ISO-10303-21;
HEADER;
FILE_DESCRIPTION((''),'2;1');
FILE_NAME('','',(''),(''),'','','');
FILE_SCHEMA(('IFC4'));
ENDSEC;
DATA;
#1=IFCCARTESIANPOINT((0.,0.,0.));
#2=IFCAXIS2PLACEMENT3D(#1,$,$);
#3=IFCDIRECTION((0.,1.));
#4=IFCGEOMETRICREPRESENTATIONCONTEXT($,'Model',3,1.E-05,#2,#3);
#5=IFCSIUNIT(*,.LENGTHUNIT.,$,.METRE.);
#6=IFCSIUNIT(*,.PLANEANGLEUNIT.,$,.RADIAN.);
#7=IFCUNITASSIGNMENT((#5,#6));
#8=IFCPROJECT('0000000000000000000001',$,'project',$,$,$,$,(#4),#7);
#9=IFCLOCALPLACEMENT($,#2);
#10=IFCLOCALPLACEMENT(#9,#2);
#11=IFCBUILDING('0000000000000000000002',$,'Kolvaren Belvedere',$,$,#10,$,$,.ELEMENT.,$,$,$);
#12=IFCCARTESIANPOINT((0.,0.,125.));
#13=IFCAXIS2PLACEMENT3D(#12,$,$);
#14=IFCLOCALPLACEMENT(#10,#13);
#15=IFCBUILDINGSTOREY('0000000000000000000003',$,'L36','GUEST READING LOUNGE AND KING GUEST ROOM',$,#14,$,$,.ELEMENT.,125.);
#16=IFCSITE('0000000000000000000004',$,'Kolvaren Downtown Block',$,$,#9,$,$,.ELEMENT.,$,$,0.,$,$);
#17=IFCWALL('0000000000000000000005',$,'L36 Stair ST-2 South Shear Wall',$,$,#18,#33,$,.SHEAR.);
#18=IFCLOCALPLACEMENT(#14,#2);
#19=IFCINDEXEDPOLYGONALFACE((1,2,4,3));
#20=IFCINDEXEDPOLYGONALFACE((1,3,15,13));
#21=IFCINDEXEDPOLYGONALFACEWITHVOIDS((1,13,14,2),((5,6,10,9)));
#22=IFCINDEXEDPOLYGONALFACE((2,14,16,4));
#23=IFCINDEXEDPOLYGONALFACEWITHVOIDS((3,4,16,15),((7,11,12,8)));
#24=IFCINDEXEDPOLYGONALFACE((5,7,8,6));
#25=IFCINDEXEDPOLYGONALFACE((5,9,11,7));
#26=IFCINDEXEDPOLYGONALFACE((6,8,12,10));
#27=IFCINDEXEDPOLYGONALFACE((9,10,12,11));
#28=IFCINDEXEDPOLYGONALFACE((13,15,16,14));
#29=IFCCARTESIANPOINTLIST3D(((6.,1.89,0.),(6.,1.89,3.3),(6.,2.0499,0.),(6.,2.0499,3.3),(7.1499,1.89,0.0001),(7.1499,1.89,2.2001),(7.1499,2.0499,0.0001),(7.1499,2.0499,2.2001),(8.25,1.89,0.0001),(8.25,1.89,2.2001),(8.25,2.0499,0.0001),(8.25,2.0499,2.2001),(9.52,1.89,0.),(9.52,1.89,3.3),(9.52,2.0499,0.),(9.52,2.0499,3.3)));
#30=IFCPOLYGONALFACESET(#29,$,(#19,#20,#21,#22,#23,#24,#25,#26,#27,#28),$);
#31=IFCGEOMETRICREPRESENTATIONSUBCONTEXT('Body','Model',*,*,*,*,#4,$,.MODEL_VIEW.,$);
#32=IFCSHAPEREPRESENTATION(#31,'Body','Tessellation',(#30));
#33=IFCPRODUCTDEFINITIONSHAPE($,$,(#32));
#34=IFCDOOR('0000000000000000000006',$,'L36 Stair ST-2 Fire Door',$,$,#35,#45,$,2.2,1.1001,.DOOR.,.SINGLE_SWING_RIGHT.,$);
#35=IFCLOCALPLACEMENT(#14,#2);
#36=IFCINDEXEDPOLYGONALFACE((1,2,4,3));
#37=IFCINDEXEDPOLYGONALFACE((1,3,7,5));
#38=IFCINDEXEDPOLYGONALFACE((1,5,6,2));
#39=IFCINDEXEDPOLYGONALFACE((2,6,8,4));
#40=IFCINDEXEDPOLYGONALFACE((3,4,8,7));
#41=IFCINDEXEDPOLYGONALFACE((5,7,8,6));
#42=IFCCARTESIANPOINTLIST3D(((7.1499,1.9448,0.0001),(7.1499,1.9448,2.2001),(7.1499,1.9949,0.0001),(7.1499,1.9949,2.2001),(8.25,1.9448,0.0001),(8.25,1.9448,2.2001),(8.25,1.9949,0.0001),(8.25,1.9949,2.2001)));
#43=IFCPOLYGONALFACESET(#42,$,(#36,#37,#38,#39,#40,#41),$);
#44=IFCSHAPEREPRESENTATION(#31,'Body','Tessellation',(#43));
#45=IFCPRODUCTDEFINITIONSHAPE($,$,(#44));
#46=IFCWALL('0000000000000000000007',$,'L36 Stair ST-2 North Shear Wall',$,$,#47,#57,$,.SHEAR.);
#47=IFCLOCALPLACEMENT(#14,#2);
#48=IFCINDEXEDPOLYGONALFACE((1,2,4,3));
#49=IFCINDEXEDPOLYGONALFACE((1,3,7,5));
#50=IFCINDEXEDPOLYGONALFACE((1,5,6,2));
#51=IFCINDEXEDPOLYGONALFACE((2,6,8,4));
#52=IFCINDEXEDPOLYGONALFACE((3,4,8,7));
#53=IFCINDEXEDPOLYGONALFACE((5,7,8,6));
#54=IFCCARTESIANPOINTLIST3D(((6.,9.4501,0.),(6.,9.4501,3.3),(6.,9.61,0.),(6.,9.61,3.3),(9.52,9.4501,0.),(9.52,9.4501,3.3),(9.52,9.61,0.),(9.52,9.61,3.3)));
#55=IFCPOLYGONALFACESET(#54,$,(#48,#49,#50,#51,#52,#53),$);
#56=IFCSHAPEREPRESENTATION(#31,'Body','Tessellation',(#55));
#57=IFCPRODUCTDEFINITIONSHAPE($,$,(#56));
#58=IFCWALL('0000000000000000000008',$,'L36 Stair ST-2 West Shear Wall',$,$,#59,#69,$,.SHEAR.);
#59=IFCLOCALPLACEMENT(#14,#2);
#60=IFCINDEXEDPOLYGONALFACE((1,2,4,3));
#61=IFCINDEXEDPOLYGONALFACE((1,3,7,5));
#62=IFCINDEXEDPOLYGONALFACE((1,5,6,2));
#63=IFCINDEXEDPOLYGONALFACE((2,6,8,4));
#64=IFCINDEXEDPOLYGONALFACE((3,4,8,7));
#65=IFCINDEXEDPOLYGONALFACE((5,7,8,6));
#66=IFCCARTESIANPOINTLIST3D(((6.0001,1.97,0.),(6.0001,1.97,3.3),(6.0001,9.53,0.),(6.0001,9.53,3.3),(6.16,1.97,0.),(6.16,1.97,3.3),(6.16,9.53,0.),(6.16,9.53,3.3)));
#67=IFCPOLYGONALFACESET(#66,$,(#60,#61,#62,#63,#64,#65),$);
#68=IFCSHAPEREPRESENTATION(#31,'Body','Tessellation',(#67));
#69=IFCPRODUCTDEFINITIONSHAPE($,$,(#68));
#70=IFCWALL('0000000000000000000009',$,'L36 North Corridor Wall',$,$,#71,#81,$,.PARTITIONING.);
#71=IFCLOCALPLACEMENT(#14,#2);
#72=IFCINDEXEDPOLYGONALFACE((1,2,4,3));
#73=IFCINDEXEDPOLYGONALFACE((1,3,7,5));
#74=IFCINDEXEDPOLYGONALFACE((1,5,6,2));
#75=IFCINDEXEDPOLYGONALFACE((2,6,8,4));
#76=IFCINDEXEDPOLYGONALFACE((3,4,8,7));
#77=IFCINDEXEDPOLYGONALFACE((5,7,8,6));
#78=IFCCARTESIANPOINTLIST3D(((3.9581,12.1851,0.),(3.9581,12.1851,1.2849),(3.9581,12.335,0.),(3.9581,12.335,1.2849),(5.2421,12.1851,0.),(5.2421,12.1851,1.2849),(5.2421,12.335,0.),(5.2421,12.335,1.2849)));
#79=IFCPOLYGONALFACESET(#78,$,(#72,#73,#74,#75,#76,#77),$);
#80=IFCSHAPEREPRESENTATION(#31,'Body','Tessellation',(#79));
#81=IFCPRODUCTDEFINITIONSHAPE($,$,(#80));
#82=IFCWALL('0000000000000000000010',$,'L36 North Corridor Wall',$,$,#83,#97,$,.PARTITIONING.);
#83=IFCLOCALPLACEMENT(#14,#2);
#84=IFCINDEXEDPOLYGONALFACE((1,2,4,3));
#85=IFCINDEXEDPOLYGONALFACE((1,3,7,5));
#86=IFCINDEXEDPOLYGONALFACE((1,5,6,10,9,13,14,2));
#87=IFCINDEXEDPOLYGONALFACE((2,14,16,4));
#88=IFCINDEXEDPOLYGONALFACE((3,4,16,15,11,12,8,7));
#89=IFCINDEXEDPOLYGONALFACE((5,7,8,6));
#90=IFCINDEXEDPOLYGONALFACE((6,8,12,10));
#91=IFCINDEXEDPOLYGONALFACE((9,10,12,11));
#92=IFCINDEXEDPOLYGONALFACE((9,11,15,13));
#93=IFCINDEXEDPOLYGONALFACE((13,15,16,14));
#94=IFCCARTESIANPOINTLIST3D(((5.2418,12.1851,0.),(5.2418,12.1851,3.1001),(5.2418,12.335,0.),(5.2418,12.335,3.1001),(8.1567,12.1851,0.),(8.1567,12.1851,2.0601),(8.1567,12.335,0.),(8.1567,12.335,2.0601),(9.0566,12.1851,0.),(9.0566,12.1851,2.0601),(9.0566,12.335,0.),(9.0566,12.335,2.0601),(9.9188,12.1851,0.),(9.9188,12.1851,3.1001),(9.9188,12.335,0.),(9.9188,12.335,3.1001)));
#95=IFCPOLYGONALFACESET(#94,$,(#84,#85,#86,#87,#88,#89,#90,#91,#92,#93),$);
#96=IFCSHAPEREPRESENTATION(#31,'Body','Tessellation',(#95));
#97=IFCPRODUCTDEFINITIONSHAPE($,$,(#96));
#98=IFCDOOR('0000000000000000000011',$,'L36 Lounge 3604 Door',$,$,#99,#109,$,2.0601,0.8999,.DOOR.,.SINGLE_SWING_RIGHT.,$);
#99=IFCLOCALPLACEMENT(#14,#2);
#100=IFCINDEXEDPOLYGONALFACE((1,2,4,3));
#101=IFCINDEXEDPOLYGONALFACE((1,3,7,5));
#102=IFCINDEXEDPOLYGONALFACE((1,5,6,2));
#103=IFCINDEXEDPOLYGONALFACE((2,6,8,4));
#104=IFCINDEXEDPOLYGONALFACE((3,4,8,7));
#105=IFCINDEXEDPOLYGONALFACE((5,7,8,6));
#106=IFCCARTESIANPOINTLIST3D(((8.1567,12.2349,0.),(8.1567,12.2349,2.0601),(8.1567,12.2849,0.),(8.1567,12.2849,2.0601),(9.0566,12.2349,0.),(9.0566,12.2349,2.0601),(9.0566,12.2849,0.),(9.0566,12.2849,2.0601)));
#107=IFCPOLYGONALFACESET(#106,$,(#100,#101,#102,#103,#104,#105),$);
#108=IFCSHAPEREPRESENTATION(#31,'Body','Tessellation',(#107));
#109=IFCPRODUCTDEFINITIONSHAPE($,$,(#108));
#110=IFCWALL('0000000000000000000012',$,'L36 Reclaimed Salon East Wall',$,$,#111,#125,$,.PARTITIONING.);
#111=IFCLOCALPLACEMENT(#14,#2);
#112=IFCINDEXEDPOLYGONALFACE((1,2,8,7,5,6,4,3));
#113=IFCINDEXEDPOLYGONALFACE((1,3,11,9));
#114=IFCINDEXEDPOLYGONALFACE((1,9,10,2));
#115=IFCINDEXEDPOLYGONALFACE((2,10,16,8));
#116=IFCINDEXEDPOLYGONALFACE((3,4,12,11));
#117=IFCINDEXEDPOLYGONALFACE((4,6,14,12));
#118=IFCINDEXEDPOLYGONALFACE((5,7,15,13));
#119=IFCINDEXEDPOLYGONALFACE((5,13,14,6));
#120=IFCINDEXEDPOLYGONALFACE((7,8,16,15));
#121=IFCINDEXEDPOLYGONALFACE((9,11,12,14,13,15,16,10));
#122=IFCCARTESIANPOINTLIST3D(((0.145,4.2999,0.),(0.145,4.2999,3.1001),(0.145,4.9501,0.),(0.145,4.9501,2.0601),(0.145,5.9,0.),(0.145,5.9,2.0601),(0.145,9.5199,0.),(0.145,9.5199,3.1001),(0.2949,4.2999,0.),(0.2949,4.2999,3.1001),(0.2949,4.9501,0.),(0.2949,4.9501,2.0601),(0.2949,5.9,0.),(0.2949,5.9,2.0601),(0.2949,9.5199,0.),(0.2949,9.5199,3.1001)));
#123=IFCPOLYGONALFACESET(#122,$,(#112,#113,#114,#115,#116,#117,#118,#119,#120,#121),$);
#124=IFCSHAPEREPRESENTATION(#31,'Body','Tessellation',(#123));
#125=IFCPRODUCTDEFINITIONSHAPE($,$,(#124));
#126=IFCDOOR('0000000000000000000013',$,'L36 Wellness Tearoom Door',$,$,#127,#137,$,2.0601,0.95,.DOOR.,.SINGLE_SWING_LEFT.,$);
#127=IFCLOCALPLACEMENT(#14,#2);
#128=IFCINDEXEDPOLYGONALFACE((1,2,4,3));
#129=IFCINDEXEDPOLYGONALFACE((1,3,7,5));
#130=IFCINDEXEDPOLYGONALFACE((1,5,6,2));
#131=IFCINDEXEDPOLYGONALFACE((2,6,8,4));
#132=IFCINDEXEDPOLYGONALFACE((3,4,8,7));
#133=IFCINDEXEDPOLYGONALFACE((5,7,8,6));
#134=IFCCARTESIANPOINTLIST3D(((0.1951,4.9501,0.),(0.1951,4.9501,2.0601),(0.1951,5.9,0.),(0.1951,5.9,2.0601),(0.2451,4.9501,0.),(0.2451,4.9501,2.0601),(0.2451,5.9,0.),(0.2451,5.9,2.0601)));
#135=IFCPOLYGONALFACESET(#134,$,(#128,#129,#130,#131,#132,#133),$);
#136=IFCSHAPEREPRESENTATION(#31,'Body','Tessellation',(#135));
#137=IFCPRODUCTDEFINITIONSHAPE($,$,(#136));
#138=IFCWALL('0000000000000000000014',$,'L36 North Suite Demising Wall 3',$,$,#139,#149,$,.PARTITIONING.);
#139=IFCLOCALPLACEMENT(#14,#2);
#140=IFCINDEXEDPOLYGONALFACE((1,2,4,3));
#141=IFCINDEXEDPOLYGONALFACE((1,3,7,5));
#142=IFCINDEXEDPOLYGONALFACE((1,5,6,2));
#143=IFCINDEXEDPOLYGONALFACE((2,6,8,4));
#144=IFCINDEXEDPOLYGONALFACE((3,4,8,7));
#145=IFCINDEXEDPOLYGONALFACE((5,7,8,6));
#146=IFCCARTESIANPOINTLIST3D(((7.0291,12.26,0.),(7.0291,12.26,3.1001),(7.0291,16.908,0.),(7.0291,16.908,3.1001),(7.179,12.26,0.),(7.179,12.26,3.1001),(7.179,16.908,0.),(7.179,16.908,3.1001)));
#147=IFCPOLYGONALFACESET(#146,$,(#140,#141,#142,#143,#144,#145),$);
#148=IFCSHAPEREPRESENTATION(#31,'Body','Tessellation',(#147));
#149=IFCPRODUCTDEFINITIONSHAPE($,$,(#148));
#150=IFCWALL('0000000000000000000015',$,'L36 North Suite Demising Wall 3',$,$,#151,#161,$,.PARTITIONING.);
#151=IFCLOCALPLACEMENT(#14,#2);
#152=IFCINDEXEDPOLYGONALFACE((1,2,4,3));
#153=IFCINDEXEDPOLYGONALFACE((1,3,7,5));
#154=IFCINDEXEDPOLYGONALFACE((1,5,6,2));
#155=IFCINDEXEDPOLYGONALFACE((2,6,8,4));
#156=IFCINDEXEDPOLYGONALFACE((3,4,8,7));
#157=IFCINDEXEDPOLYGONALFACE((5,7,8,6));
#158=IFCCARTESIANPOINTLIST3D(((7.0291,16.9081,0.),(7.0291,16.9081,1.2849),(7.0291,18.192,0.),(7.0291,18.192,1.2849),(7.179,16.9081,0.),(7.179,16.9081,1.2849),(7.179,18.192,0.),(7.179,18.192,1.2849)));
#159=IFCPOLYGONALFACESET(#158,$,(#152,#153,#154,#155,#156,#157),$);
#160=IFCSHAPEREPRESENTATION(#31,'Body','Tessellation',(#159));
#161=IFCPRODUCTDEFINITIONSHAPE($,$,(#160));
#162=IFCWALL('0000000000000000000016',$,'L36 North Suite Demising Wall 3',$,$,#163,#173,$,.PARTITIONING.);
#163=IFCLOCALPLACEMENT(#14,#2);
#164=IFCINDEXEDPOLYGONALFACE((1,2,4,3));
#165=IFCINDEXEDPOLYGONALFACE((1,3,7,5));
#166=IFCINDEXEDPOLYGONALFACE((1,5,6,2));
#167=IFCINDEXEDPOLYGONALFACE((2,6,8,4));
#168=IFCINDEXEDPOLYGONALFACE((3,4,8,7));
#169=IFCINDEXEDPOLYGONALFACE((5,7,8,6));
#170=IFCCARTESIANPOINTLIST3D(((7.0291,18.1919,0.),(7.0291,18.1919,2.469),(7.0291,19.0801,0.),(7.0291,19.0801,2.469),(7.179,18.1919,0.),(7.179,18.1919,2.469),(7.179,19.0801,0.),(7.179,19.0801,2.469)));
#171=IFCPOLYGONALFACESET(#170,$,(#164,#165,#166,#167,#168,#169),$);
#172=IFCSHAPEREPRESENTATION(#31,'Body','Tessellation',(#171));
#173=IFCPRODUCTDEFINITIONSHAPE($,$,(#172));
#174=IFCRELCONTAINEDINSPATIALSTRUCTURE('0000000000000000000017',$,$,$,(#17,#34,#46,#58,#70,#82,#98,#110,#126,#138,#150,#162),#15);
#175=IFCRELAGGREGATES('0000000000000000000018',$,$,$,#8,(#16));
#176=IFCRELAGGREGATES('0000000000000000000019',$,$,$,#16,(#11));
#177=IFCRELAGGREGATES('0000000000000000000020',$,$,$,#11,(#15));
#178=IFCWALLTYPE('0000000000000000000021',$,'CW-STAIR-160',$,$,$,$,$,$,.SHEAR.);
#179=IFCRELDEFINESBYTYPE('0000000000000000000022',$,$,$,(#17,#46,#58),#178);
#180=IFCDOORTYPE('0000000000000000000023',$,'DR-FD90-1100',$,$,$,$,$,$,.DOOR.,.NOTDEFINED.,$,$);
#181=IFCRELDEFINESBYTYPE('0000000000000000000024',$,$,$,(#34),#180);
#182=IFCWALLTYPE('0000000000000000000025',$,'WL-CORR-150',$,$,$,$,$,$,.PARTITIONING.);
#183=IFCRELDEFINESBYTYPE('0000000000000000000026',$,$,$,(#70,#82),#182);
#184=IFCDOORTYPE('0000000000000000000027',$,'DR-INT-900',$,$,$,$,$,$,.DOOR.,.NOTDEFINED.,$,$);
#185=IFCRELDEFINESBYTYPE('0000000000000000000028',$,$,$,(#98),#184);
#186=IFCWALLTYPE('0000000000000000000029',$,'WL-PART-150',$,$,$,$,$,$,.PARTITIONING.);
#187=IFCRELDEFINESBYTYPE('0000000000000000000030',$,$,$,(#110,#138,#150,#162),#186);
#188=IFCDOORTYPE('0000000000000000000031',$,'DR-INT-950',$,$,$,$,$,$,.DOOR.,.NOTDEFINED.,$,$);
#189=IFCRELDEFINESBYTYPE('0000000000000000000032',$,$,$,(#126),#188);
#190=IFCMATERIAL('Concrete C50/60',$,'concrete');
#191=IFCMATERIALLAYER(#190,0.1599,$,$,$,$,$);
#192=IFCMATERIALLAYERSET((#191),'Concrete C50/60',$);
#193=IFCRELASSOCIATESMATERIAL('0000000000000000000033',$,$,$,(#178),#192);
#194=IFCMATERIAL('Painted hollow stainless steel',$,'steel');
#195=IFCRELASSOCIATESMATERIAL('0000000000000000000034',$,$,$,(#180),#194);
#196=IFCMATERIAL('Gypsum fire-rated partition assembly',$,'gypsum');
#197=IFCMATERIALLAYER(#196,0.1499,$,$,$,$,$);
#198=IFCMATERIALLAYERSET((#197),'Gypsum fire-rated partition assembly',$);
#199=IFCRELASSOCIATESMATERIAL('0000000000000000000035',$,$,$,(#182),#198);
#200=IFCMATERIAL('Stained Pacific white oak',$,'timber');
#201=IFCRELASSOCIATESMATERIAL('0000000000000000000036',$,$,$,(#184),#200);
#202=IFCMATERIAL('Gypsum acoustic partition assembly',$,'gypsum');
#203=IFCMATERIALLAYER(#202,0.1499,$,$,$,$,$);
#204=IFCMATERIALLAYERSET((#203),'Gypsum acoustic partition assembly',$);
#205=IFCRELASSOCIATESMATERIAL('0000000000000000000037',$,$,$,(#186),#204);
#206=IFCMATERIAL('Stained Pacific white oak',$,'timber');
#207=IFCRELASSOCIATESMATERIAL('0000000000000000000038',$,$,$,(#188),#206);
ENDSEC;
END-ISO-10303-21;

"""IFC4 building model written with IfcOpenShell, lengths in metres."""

from ifc_helpers import new_model, si_unit, direction, frame, frame_2d, origin, place, context, subcontext, project, spatial, rectangle, extrude, material, layer, layer_set, type_object, element, fill, save


model = new_model("IFC4")

# Units and contexts
model_context = context("Model", 3, precision=1e-05, world=origin(), true_north=direction((0.0, 1.0)))
body_context = subcontext(model_context, "Body", "Model", "MODEL_VIEW")
ifc_project = project(units=[si_unit("LENGTHUNIT", "METRE"), si_unit("PLANEANGLEUNIT", "RADIAN")], contexts=[model_context])

# Site, building, storey
site_placement = place(None, origin())
site = spatial("IfcSite", under=ifc_project, at=site_placement, Name="Kolvaren Downtown Block", CompositionType="ELEMENT", RefElevation=0.0)
building_placement = place(site_placement, origin())
building = spatial("IfcBuilding", under=site, at=building_placement, Name="Kolvaren Belvedere", CompositionType="ELEMENT")
storey_placement = place(building_placement, frame((0.0, 0.0, 125.0)))
storey = spatial("IfcBuildingStorey", under=building, at=storey_placement, Name="L36", Description="GUEST READING LOUNGE AND KING GUEST ROOM", CompositionType="ELEMENT", Elevation=125.0)

# Wall, opening, door
ifc_material_1 = material(Name="Concrete C50/60", Category="concrete")
ifc_layer_1 = layer(ifc_material_1, 0.1599)
ifc_layer_set_1 = layer_set([ifc_layer_1], Name="Concrete C50/60")
wall_type_1 = type_object("IfcWallType", Name="CW-STAIR-160", PredefinedType="SHEAR", material=ifc_layer_set_1)
wall_1_placement = place(storey_placement, frame((6.0, 1.97, 0.0), z_axis=(0.0, 0.0, 1.0), x_axis=(1.0, 0.0, 0.0)))
wall_1 = element("IfcWall", 1, at=wall_1_placement, inside=storey, type_object=wall_type_1, Name="L36 Stair ST-2 South Shear Wall", PredefinedType="SHEAR", context=body_context, shape_type="SweptSolid", body=[
    extrude(rectangle(XDim=3.52, YDim=0.1599, at=frame_2d((1.76, 0.0))), origin(), (0.0, 0.0, 1.0), 3.3),
])
opening_1_placement = place(wall_1_placement, frame((1.1499, 0.0, 0.0)))
opening_1 = element("IfcOpeningElement", 2, at=opening_1_placement, cuts=wall_1, PredefinedType="OPENING", context=body_context, shape_type="SweptSolid", body=[
    extrude(rectangle(XDim=1.1001, YDim=2.2, at=frame_2d((0.55, 1.1001))), frame((0.0, 0.0898, 0.0), z_axis=(0.0, -1.0, 0.0), x_axis=(1.0, 0.0, 0.0)), (0.0, 0.0, 1.0), 0.1799),
])
ifc_material_2 = material(Name="Painted hollow stainless steel", Category="steel")
door_type_1 = type_object("IfcDoorType", Name="DR-FD90-1100", OperationType="NOTDEFINED", PredefinedType="DOOR", material=ifc_material_2)
door_1_placement = place(opening_1_placement, origin())
door_1 = element("IfcDoor", 3, at=door_1_placement, inside=storey, type_object=door_type_1, Name="L36 Stair ST-2 Fire Door", OperationType="SINGLE_SWING_RIGHT", OverallHeight=2.2, OverallWidth=1.1001, PredefinedType="DOOR", context=body_context, shape_type="SweptSolid", body=[
    extrude(rectangle(XDim=1.1001, YDim=2.2, at=frame_2d((0.55, 1.1001))), frame((0.0, 0.0249, 0.0), z_axis=(0.0, -1.0, 0.0), x_axis=(1.0, 0.0, 0.0)), (0.0, 0.0, 1.0), 0.05),
])
fill(opening_1, door_1)

# Walls
wall_2_placement = place(storey_placement, frame((6.0, 9.53, 0.0), z_axis=(0.0, 0.0, 1.0), x_axis=(1.0, 0.0, 0.0)))
element("IfcWall", 4, at=wall_2_placement, inside=storey, type_object=wall_type_1, Name="L36 Stair ST-2 North Shear Wall", PredefinedType="SHEAR", context=body_context, shape_type="SweptSolid", body=[
    extrude(rectangle(XDim=3.52, YDim=0.1599, at=frame_2d((1.76, 0.0))), origin(), (0.0, 0.0, 1.0), 3.3),
])
wall_3_placement = place(storey_placement, frame((6.0801, 1.97, 0.0), z_axis=(0.0, 0.0, 1.0), x_axis=(0.0, 1.0, 0.0)))
element("IfcWall", 5, at=wall_3_placement, inside=storey, type_object=wall_type_1, Name="L36 Stair ST-2 West Shear Wall", PredefinedType="SHEAR", context=body_context, shape_type="SweptSolid", body=[
    extrude(rectangle(XDim=7.5601, YDim=0.1599, at=frame_2d((3.78, 0.0))), origin(), (0.0, 0.0, 1.0), 3.3),
])
ifc_material_3 = material(Name="Gypsum fire-rated partition assembly", Category="gypsum")
ifc_layer_2 = layer(ifc_material_3, 0.1499)
ifc_layer_set_2 = layer_set([ifc_layer_2], Name="Gypsum fire-rated partition assembly")
wall_type_2 = type_object("IfcWallType", Name="WL-CORR-150", PredefinedType="PARTITIONING", material=ifc_layer_set_2)
wall_4_placement = place(storey_placement, frame((3.958, 12.26, 0.0), z_axis=(0.0, 0.0, 1.0), x_axis=(1.0, 0.0, 0.0)))
element("IfcWall", 6, at=wall_4_placement, inside=storey, type_object=wall_type_2, Name="L36 North Corridor Wall", PredefinedType="PARTITIONING", context=body_context, shape_type="SweptSolid", body=[
    extrude(rectangle(XDim=1.2839, YDim=0.1499, at=frame_2d((0.6421, 0.0))), origin(), (0.0, 0.0, 1.0), 1.2849),
])

# Walls, openings, doors
wall_5_placement = place(storey_placement, frame((5.2419, 12.26, 0.0), z_axis=(0.0, 0.0, 1.0), x_axis=(1.0, 0.0, 0.0)))
wall_5 = element("IfcWall", 7, at=wall_5_placement, inside=storey, type_object=wall_type_2, Name="L36 North Corridor Wall", PredefinedType="PARTITIONING", context=body_context, shape_type="SweptSolid", body=[
    extrude(rectangle(XDim=4.677, YDim=0.1499, at=frame_2d((2.3384, 0.0))), origin(), (0.0, 0.0, 1.0), 3.1001),
])
opening_2_placement = place(wall_5_placement, frame((2.9148, 0.0, 0.0)))
opening_2 = element("IfcOpeningElement", 8, at=opening_2_placement, cuts=wall_5, PredefinedType="OPENING", context=body_context, shape_type="SweptSolid", body=[
    extrude(rectangle(XDim=0.8999, YDim=2.0601, at=frame_2d((0.45, 1.03))), frame((0.0, 0.085, 0.0), z_axis=(0.0, -1.0, 0.0), x_axis=(1.0, 0.0, 0.0)), (0.0, 0.0, 1.0), 0.1699),
])
ifc_material_4 = material(Name="Stained Pacific white oak", Category="timber")
door_type_2 = type_object("IfcDoorType", Name="DR-INT-900", OperationType="NOTDEFINED", PredefinedType="DOOR", material=ifc_material_4)
door_2_placement = place(opening_2_placement, origin())
door_2 = element("IfcDoor", 9, at=door_2_placement, inside=storey, type_object=door_type_2, Name="L36 Lounge 3604 Door", OperationType="SINGLE_SWING_RIGHT", OverallHeight=2.0601, OverallWidth=0.8999, PredefinedType="DOOR", context=body_context, shape_type="SweptSolid", body=[
    extrude(rectangle(XDim=0.8999, YDim=2.0601, at=frame_2d((0.45, 1.03))), frame((0.0, 0.0249, 0.0), z_axis=(0.0, -1.0, 0.0), x_axis=(1.0, 0.0, 0.0)), (0.0, 0.0, 1.0), 0.05),
])
fill(opening_2, door_2)
ifc_material_5 = material(Name="Gypsum acoustic partition assembly", Category="gypsum")
ifc_layer_3 = layer(ifc_material_5, 0.1499)
ifc_layer_set_3 = layer_set([ifc_layer_3], Name="Gypsum acoustic partition assembly")
wall_type_3 = type_object("IfcWallType", Name="WL-PART-150", PredefinedType="PARTITIONING", material=ifc_layer_set_3)
wall_6_placement = place(storey_placement, frame((0.22, 4.3, 0.0), z_axis=(0.0, 0.0, 1.0), x_axis=(0.0, 1.0, 0.0)))
wall_6 = element("IfcWall", 10, at=wall_6_placement, inside=storey, type_object=wall_type_3, Name="L36 Reclaimed Salon East Wall", PredefinedType="PARTITIONING", context=body_context, shape_type="SweptSolid", body=[
    extrude(rectangle(XDim=5.22, YDim=0.1499, at=frame_2d((2.6099, 0.0))), origin(), (0.0, 0.0, 1.0), 3.1001),
])
opening_3_placement = place(wall_6_placement, frame((0.6499, 0.0, 0.0)))
opening_3 = element("IfcOpeningElement", 11, at=opening_3_placement, cuts=wall_6, PredefinedType="OPENING", context=body_context, shape_type="SweptSolid", body=[
    extrude(rectangle(XDim=0.95, YDim=2.0601, at=frame_2d((0.4751, 1.03))), frame((0.0, 0.085, 0.0), z_axis=(0.0, -1.0, 0.0), x_axis=(1.0, 0.0, 0.0)), (0.0, 0.0, 1.0), 0.1699),
])
ifc_material_6 = material(Name="Stained Pacific white oak", Category="timber")
door_type_3 = type_object("IfcDoorType", Name="DR-INT-950", OperationType="NOTDEFINED", PredefinedType="DOOR", material=ifc_material_6)
door_3_placement = place(opening_3_placement, origin())
door_3 = element("IfcDoor", 12, at=door_3_placement, inside=storey, type_object=door_type_3, Name="L36 Wellness Tearoom Door", OperationType="SINGLE_SWING_LEFT", OverallHeight=2.0601, OverallWidth=0.95, PredefinedType="DOOR", context=body_context, shape_type="SweptSolid", body=[
    extrude(rectangle(XDim=0.95, YDim=2.0601, at=frame_2d((0.4751, 1.03))), frame((0.0, 0.0249, 0.0), z_axis=(0.0, -1.0, 0.0), x_axis=(1.0, 0.0, 0.0)), (0.0, 0.0, 1.0), 0.05),
])
fill(opening_3, door_3)

# Walls
wall_7_placement = place(storey_placement, frame((7.104, 12.26, 0.0), z_axis=(0.0, 0.0, 1.0), x_axis=(0.0, 1.0, 0.0)))
element("IfcWall", 13, at=wall_7_placement, inside=storey, type_object=wall_type_3, Name="L36 North Suite Demising Wall 3", PredefinedType="PARTITIONING", context=body_context, shape_type="SweptSolid", body=[
    extrude(rectangle(XDim=4.6479, YDim=0.1499, at=frame_2d((2.324, 0.0))), origin(), (0.0, 0.0, 1.0), 3.1001),
])
wall_8_placement = place(storey_placement, frame((7.104, 16.908, 0.0), z_axis=(0.0, 0.0, 1.0), x_axis=(0.0, 1.0, 0.0)))
element("IfcWall", 14, at=wall_8_placement, inside=storey, type_object=wall_type_3, Name="L36 North Suite Demising Wall 3", PredefinedType="PARTITIONING", context=body_context, shape_type="SweptSolid", body=[
    extrude(rectangle(XDim=1.2839, YDim=0.1499, at=frame_2d((0.6421, 0.0))), origin(), (0.0, 0.0, 1.0), 1.2849),
])
wall_9_placement = place(storey_placement, frame((7.104, 18.1919, 0.0), z_axis=(0.0, 0.0, 1.0), x_axis=(0.0, 1.0, 0.0)))
element("IfcWall", 15, at=wall_9_placement, inside=storey, type_object=wall_type_3, Name="L36 North Suite Demising Wall 3", PredefinedType="PARTITIONING", context=body_context, shape_type="SweptSolid", body=[
    extrude(rectangle(XDim=0.8882, YDim=0.1499, at=frame_2d((0.4441, 0.0))), origin(), (0.0, 0.0, 1.0), 2.469),
])

save(model, "model.ifc")
